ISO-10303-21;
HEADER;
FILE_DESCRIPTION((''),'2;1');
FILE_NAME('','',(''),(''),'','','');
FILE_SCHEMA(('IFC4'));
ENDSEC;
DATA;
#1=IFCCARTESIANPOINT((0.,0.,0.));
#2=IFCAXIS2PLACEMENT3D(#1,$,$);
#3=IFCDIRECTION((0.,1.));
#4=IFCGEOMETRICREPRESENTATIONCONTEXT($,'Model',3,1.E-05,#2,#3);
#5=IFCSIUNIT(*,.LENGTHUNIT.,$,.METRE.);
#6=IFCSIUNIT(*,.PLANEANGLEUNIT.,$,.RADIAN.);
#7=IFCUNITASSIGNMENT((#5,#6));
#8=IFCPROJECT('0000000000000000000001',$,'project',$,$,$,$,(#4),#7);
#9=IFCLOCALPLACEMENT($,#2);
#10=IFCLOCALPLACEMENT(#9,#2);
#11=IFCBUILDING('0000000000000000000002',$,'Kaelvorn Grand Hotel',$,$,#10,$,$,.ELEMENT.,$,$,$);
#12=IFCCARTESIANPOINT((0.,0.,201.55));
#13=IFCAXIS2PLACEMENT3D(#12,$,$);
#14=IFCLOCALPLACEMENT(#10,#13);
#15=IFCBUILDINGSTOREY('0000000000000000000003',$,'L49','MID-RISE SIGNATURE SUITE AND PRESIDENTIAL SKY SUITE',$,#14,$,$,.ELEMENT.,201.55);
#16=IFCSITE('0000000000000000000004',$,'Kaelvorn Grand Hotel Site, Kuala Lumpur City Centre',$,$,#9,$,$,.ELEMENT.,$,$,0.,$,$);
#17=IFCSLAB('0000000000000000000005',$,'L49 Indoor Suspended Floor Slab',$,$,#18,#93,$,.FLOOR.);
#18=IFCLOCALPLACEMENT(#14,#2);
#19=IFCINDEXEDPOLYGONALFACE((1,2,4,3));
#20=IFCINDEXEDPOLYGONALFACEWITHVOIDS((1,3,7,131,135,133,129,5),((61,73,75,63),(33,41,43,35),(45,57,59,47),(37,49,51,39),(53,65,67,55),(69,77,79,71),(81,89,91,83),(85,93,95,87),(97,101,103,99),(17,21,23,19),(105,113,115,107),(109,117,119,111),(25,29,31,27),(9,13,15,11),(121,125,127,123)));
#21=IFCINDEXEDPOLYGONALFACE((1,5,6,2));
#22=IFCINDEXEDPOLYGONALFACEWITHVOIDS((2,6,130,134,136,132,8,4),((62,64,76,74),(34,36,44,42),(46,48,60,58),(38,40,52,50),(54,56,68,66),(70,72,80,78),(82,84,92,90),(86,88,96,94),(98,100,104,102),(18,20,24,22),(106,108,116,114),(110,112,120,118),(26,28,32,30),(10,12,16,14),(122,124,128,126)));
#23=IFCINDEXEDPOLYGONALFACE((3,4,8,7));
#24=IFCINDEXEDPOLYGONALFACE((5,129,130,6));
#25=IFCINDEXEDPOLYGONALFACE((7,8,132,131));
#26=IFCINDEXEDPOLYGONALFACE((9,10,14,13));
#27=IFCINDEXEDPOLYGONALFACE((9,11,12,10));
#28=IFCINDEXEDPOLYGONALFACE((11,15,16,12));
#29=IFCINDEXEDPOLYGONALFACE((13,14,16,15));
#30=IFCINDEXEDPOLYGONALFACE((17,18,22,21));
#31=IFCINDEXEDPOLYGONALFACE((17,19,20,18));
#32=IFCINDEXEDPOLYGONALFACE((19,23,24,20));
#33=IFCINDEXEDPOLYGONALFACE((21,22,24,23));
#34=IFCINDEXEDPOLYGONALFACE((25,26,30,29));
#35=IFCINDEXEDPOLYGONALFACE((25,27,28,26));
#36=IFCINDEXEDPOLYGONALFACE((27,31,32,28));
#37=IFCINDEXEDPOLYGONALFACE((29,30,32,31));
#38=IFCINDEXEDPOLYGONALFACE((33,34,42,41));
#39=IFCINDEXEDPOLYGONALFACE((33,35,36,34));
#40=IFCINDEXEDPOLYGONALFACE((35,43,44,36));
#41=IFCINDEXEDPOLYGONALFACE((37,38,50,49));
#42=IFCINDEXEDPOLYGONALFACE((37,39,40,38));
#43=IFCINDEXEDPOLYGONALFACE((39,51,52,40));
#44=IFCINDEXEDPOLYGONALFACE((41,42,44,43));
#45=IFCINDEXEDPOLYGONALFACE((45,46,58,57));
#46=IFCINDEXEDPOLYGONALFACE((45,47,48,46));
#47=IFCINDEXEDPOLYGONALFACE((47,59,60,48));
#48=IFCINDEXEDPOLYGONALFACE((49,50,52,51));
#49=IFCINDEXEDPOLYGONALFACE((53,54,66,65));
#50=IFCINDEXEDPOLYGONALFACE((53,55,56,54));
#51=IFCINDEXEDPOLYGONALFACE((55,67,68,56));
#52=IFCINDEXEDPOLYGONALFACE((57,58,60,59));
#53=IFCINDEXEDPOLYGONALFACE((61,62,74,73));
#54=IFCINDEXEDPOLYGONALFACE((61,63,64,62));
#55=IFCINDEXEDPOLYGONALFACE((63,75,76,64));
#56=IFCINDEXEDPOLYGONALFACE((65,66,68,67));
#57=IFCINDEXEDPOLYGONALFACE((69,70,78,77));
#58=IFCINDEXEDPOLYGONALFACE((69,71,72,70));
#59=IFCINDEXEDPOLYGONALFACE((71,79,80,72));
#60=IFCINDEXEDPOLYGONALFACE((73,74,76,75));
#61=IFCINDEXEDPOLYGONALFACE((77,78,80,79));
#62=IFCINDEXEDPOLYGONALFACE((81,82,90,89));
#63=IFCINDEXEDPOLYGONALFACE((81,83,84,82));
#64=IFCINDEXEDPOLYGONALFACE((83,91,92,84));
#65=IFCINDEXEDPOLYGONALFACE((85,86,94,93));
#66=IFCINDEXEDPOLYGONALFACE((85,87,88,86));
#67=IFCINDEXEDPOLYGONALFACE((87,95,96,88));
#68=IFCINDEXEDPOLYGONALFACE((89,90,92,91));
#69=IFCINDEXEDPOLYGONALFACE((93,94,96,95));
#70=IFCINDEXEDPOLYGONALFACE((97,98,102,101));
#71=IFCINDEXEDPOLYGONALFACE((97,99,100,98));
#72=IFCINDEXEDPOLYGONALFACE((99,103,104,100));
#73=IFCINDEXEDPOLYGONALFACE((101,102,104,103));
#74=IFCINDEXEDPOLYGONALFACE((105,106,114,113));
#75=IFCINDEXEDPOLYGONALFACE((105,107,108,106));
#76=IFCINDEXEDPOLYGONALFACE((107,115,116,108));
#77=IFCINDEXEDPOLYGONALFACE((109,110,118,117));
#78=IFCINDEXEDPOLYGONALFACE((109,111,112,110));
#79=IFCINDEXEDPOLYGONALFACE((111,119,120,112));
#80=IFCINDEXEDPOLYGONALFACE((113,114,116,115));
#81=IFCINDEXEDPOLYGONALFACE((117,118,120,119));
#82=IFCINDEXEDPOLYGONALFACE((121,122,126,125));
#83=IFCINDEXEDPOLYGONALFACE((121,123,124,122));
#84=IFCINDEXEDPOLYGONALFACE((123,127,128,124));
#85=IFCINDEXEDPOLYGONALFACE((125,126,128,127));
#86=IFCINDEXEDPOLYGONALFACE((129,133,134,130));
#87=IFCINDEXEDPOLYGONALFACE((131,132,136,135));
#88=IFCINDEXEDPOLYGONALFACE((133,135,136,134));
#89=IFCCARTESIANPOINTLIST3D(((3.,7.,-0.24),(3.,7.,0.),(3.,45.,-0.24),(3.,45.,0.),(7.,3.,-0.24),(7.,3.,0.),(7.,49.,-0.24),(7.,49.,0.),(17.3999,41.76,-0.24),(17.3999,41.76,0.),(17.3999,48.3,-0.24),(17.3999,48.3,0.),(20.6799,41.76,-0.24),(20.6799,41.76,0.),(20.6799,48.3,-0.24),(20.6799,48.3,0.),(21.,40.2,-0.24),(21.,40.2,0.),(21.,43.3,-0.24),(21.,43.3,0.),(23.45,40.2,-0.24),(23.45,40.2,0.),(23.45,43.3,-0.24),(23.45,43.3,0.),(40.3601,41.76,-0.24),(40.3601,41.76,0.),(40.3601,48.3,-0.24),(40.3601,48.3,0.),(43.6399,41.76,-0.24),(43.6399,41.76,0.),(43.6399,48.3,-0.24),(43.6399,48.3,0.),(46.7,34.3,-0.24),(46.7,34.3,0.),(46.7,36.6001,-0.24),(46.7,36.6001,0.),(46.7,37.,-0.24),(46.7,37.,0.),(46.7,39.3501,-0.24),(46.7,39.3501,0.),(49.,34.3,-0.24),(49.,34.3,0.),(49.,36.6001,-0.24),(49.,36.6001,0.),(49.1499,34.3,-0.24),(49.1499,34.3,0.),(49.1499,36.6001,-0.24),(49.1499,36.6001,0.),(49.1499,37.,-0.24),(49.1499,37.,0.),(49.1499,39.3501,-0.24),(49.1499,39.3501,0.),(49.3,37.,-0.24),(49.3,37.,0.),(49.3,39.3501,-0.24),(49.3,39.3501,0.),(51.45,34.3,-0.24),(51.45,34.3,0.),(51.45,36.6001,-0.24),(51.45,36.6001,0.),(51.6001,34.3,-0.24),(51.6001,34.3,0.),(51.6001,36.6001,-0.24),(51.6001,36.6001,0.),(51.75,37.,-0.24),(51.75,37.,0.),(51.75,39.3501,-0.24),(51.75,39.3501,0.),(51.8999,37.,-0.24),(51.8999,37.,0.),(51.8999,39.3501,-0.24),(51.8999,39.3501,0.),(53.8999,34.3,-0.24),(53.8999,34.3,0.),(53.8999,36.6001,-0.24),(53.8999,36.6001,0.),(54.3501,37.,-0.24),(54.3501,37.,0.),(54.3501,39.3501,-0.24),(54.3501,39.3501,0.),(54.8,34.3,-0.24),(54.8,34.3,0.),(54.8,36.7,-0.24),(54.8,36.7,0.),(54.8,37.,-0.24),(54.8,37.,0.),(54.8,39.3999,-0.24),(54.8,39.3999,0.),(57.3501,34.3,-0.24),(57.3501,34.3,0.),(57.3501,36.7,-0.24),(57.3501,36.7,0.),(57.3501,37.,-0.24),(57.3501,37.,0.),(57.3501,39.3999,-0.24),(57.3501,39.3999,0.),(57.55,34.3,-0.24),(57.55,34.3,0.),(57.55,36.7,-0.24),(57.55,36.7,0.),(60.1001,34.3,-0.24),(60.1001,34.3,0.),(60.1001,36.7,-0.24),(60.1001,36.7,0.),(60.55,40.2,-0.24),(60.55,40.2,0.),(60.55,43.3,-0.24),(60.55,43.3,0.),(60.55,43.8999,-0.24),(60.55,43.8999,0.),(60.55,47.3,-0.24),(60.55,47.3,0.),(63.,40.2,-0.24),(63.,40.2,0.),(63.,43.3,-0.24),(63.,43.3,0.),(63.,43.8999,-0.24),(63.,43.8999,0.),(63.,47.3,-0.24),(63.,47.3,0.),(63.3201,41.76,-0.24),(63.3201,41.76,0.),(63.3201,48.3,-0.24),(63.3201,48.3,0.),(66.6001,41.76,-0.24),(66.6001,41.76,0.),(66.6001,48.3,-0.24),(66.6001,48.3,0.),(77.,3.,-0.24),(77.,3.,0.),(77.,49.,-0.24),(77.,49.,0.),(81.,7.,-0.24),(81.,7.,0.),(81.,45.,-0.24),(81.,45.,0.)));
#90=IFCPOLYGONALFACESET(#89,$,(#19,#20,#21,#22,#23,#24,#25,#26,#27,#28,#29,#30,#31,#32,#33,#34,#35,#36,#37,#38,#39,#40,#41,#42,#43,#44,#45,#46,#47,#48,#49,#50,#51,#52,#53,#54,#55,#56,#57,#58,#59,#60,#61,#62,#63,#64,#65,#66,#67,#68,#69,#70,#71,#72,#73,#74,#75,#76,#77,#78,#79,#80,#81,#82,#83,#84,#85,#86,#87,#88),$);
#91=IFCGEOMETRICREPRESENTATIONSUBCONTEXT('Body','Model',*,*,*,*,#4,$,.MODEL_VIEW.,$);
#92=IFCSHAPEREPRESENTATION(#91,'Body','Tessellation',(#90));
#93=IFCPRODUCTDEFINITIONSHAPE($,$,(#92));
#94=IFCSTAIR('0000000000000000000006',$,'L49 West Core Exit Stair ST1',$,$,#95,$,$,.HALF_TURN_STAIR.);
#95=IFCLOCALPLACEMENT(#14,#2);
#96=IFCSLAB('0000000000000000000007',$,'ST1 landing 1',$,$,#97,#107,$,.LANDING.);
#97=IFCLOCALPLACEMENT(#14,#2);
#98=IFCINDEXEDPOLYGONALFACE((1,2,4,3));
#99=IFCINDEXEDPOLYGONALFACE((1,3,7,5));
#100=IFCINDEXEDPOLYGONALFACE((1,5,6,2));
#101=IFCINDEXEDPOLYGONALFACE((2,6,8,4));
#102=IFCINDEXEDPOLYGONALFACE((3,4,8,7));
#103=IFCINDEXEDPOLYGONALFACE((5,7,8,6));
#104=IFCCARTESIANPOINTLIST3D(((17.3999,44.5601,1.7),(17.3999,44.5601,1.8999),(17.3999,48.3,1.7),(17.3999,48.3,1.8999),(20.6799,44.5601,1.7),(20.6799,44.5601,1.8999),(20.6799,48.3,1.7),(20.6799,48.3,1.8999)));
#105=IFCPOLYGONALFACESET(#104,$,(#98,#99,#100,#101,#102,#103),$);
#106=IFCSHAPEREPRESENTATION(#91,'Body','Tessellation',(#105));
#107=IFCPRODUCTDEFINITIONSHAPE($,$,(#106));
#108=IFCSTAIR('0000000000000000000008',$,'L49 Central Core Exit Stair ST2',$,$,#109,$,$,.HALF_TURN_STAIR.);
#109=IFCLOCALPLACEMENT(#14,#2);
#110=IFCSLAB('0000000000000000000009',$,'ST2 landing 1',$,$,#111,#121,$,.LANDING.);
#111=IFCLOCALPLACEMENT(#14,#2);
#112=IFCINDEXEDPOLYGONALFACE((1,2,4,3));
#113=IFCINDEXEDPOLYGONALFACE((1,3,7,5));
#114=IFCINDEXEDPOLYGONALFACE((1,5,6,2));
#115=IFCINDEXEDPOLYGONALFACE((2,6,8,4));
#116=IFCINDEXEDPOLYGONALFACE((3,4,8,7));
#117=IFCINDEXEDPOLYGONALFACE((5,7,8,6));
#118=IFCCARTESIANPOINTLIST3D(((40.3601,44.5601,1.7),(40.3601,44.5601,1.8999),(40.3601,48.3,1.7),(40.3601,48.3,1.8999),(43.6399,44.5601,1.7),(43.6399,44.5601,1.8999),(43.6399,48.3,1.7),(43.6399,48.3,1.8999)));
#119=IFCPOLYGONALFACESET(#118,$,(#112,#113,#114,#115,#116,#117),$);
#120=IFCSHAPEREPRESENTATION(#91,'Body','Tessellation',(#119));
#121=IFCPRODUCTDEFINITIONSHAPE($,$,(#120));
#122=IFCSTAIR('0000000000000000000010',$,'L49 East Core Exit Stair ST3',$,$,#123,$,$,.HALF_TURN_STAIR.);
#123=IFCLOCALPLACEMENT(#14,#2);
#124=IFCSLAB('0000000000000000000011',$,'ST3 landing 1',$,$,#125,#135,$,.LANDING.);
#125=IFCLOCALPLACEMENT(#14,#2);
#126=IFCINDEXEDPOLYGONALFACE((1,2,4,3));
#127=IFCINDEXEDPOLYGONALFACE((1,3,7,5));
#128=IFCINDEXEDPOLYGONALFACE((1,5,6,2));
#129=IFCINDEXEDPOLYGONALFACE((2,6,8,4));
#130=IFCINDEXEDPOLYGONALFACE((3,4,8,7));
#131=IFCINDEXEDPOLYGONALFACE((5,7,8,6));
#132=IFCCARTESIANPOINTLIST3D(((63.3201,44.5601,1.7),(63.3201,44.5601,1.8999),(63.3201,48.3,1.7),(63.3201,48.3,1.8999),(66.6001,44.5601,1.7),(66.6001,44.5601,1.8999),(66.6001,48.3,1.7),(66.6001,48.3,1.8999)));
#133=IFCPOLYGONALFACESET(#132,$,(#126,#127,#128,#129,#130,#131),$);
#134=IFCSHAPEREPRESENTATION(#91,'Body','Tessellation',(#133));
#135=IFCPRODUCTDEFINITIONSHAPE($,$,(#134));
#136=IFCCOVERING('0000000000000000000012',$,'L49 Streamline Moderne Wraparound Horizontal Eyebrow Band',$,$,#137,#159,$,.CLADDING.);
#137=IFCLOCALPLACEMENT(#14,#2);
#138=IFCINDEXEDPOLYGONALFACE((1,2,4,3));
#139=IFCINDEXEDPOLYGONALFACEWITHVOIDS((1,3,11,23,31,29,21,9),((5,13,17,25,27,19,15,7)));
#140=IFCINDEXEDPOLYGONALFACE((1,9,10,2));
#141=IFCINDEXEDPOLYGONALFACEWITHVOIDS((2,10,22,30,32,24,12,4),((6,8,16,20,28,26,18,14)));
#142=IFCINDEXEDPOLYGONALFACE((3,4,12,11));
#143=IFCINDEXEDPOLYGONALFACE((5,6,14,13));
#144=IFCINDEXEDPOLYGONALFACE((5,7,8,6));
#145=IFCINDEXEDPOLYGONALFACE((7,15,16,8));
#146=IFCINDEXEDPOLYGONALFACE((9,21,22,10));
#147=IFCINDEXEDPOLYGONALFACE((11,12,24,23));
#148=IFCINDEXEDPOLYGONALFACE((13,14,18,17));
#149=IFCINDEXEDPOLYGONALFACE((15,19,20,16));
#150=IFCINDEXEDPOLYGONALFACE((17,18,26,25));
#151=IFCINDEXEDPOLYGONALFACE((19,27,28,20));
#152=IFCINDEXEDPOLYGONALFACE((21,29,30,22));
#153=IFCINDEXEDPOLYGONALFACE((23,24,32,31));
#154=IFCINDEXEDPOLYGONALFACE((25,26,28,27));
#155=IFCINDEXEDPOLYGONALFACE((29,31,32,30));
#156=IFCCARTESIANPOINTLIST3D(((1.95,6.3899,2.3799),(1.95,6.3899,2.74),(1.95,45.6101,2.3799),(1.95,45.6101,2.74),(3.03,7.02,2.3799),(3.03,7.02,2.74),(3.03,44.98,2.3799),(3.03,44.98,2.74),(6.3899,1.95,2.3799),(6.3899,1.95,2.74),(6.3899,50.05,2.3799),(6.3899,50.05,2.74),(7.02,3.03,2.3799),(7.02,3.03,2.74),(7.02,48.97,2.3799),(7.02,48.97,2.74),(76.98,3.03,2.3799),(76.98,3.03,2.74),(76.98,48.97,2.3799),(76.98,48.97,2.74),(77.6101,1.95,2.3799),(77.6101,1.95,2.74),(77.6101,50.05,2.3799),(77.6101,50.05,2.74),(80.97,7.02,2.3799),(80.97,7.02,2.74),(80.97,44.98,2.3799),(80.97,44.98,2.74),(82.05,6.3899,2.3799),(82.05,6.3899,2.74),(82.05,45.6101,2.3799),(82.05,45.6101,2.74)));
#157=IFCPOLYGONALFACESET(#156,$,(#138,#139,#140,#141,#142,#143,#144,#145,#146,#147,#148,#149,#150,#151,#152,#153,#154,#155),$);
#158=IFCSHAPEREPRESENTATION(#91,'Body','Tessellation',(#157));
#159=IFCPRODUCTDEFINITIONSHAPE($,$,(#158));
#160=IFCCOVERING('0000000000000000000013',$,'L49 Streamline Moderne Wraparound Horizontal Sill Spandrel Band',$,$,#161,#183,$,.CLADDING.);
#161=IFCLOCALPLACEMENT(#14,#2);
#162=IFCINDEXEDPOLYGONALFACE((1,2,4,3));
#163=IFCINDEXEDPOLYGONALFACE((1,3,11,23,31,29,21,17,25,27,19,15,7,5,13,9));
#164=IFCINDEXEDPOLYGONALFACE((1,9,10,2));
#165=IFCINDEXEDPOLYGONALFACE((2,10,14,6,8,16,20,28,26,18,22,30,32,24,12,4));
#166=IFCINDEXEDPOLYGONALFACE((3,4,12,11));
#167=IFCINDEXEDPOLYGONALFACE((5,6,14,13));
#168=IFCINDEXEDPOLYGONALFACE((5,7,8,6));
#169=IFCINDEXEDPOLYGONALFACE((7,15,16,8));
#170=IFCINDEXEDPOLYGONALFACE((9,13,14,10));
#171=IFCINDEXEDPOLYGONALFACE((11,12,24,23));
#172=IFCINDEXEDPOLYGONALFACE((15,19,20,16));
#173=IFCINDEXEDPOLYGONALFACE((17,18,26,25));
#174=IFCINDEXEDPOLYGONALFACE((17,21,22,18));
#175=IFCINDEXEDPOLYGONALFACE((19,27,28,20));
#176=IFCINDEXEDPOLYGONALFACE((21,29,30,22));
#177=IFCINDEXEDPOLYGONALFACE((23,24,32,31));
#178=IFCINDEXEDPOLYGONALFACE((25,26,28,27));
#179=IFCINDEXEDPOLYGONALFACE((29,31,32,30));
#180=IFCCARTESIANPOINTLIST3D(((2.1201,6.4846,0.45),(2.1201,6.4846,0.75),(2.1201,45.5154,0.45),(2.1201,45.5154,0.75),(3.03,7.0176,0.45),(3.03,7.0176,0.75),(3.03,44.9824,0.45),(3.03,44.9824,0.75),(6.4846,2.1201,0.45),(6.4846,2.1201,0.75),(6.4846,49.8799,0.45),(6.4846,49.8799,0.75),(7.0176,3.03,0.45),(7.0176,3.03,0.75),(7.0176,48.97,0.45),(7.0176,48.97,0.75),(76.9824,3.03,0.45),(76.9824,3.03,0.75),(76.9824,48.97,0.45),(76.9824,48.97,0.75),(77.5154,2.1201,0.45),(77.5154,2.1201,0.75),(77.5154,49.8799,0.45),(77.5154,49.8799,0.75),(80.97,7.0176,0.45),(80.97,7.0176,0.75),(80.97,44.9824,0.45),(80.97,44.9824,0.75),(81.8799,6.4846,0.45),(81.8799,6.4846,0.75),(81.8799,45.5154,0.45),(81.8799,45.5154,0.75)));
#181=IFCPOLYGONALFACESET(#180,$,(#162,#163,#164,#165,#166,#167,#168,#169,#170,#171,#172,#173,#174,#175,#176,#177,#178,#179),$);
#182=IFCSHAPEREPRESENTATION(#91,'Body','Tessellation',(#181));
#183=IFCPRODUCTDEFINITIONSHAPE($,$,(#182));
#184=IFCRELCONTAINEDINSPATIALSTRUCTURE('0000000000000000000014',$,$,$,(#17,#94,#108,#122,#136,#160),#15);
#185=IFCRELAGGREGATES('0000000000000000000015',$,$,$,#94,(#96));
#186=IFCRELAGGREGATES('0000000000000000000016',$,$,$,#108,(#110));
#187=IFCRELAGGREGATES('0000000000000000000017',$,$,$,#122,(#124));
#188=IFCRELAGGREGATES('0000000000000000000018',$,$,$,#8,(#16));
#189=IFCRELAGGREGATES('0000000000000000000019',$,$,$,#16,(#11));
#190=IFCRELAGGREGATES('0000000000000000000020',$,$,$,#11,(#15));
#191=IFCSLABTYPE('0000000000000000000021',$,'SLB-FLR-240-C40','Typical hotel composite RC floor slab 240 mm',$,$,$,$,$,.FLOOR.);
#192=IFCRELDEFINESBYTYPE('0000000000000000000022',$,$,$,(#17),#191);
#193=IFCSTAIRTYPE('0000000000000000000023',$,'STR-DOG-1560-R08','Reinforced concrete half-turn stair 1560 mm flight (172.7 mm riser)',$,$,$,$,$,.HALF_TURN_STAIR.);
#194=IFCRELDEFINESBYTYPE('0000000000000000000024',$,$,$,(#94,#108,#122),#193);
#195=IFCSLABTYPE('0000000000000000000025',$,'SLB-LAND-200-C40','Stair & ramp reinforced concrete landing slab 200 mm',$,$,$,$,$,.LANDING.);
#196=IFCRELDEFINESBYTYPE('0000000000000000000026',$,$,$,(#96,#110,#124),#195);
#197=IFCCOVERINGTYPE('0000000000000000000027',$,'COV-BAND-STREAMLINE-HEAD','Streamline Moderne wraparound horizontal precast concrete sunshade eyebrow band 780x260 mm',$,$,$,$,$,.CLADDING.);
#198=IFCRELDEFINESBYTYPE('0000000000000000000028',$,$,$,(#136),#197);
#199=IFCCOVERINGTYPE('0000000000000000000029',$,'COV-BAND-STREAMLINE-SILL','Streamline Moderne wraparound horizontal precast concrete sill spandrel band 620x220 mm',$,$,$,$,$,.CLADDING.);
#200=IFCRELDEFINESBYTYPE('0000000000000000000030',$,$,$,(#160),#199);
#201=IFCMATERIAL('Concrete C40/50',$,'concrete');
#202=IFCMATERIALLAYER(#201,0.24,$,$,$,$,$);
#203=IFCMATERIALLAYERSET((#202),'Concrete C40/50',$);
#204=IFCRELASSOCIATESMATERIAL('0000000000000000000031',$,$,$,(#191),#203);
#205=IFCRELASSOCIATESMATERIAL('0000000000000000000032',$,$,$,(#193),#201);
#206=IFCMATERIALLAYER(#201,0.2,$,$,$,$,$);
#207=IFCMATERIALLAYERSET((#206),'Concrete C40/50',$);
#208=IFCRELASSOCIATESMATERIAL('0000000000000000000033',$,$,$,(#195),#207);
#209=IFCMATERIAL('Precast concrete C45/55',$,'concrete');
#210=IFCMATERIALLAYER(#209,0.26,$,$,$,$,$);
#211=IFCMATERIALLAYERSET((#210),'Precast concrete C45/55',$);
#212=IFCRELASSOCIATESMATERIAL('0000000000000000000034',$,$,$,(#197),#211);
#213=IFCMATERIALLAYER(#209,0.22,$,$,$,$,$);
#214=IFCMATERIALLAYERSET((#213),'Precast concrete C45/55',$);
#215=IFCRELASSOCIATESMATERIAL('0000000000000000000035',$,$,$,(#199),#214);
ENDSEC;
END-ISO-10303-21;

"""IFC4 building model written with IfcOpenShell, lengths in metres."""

from ifc_helpers import new_model, si_unit, direction, frame, origin, place, context, subcontext, project, spatial, polyline, outline, extrude, material, layer, layer_set, type_object, element, aggregate, save


model = new_model("IFC4")

# Units and contexts
model_context = context("Model", 3, precision=1e-05, world=origin(), true_north=direction((0.0, 1.0)))
body_context = subcontext(model_context, "Body", "Model", "MODEL_VIEW")
ifc_project = project(units=[si_unit("LENGTHUNIT", "METRE"), si_unit("PLANEANGLEUNIT", "RADIAN")], contexts=[model_context])

# Site, building, storey
site_placement = place(None, origin())
site = spatial("IfcSite", under=ifc_project, at=site_placement, Name="Kaelvorn Grand Hotel Site, Kuala Lumpur City Centre", CompositionType="ELEMENT", RefElevation=0.0)
building_placement = place(site_placement, origin())
building = spatial("IfcBuilding", under=site, at=building_placement, Name="Kaelvorn Grand Hotel", CompositionType="ELEMENT")
storey_placement = place(building_placement, frame((0.0, 0.0, 201.55)))
storey = spatial("IfcBuildingStorey", under=building, at=storey_placement, Name="L49", Description="MID-RISE SIGNATURE SUITE AND PRESIDENTIAL SKY SUITE", CompositionType="ELEMENT", Elevation=201.55)

# Slab
ifc_material_1 = material(Name="Concrete C40/50", Category="concrete")
ifc_layer_1 = layer(ifc_material_1, 0.24)
ifc_layer_set_1 = layer_set([ifc_layer_1], Name="Concrete C40/50")
slab_type_1 = type_object("IfcSlabType", Name="SLB-FLR-240-C40", Description="Typical hotel composite RC floor slab 240 mm", PredefinedType="FLOOR", material=ifc_layer_set_1)
slab_1_placement = place(storey_placement, frame((0.0, 0.0, -0.24)))
element("IfcSlab", 1, at=slab_1_placement, inside=storey, type_object=slab_type_1, Name="L49 Indoor Suspended Floor Slab", PredefinedType="FLOOR", context=body_context, shape_type="SweptSolid", body=[
    extrude(outline(polyline([(7.0, 3.0), (77.0, 3.0), (81.0, 7.0), (81.0, 45.0), (77.0, 49.0), (7.0, 49.0), (3.0, 45.0), (3.0, 7.0), (7.0, 3.0)]), holes=[polyline([(17.3999, 41.76), (17.3999, 48.3), (20.6799, 48.3), (20.6799, 41.76), (17.3999, 41.76)]), polyline([(40.3601, 41.76), (40.3601, 48.3), (43.6399, 48.3), (43.6399, 41.76), (40.3601, 41.76)]), polyline([(63.3201, 41.76), (63.3201, 48.3), (66.6001, 48.3), (66.6001, 41.76), (63.3201, 41.76)]), polyline([(46.7, 34.3), (46.7, 36.6001), (49.0, 36.6001), (49.0, 34.3), (46.7, 34.3)]), polyline([(49.1499, 34.3), (49.1499, 36.6001), (51.45, 36.6001), (51.45, 34.3), (49.1499, 34.3)]), polyline([(51.6001, 34.3), (51.6001, 36.6001), (53.8999, 36.6001), (53.8999, 34.3), (51.6001, 34.3)]), polyline([(46.7, 37.0), (46.7, 39.3501), (49.1499, 39.3501), (49.1499, 37.0), (46.7, 37.0)]), polyline([(49.3, 37.0), (49.3, 39.3501), (51.75, 39.3501), (51.75, 37.0), (49.3, 37.0)]), polyline([(51.8999, 37.0), (51.8999, 39.3501), (54.3501, 39.3501), (54.3501, 37.0), (51.8999, 37.0)]), polyline([(54.8, 34.3), (54.8, 36.7), (57.3501, 36.7), (57.3501, 34.3), (54.8, 34.3)]), polyline([(57.55, 34.3), (57.55, 36.7), (60.1001, 36.7), (60.1001, 34.3), (57.55, 34.3)]), polyline([(54.8, 37.0), (54.8, 39.3999), (57.3501, 39.3999), (57.3501, 37.0), (54.8, 37.0)]), polyline([(21.0, 40.2), (21.0, 43.3), (23.45, 43.3), (23.45, 40.2), (21.0, 40.2)]), polyline([(60.55, 40.2), (60.55, 43.3), (63.0, 43.3), (63.0, 40.2), (60.55, 40.2)]), polyline([(60.55, 43.8999), (60.55, 47.3), (63.0, 47.3), (63.0, 43.8999), (60.55, 43.8999)])]), origin(), (0.0, 0.0, 1.0), 0.24),
])

# Stairs, slabs
stair_type = type_object("IfcStairType", Name="STR-DOG-1560-R08", Description="Reinforced concrete half-turn stair 1560 mm flight (172.7 mm riser)", PredefinedType="HALF_TURN_STAIR", material=ifc_material_1)
stair_1_placement = place(storey_placement, origin())
stair_1 = element("IfcStair", 2, at=stair_1_placement, inside=storey, type_object=stair_type, Name="L49 West Core Exit Stair ST1", PredefinedType="HALF_TURN_STAIR")
ifc_layer_2 = layer(ifc_material_1, 0.2)
ifc_layer_set_2 = layer_set([ifc_layer_2], Name="Concrete C40/50")
slab_type_2 = type_object("IfcSlabType", Name="SLB-LAND-200-C40", Description="Stair & ramp reinforced concrete landing slab 200 mm", PredefinedType="LANDING", material=ifc_layer_set_2)
slab_2_placement = place(storey_placement, frame((0.0, 0.0, 1.7)))
slab_2 = element("IfcSlab", 3, at=slab_2_placement, type_object=slab_type_2, Name="ST1 landing 1", PredefinedType="LANDING", context=body_context, shape_type="SweptSolid", body=[
    extrude(outline(polyline([(20.6799, 44.5601), (20.6799, 48.3), (17.3999, 48.3), (17.3999, 44.5601), (20.6799, 44.5601)])), origin(), (0.0, 0.0, 1.0), 0.2),
])
aggregate(stair_1, [slab_2])
stair_2_placement = place(storey_placement, origin())
stair_2 = element("IfcStair", 4, at=stair_2_placement, inside=storey, type_object=stair_type, Name="L49 Central Core Exit Stair ST2", PredefinedType="HALF_TURN_STAIR")
slab_3_placement = place(storey_placement, frame((0.0, 0.0, 1.7)))
slab_3 = element("IfcSlab", 5, at=slab_3_placement, type_object=slab_type_2, Name="ST2 landing 1", PredefinedType="LANDING", context=body_context, shape_type="SweptSolid", body=[
    extrude(outline(polyline([(43.6399, 44.5601), (43.6399, 48.3), (40.3601, 48.3), (40.3601, 44.5601), (43.6399, 44.5601)])), origin(), (0.0, 0.0, 1.0), 0.2),
])
aggregate(stair_2, [slab_3])
stair_3_placement = place(storey_placement, origin())
stair_3 = element("IfcStair", 6, at=stair_3_placement, inside=storey, type_object=stair_type, Name="L49 East Core Exit Stair ST3", PredefinedType="HALF_TURN_STAIR")
slab_4_placement = place(storey_placement, frame((0.0, 0.0, 1.7)))
slab_4 = element("IfcSlab", 7, at=slab_4_placement, type_object=slab_type_2, Name="ST3 landing 1", PredefinedType="LANDING", context=body_context, shape_type="SweptSolid", body=[
    extrude(outline(polyline([(66.6001, 44.5601), (66.6001, 48.3), (63.3201, 48.3), (63.3201, 44.5601), (66.6001, 44.5601)])), origin(), (0.0, 0.0, 1.0), 0.2),
])
aggregate(stair_3, [slab_4])

# Coverings
ifc_material_2 = material(Name="Precast concrete C45/55", Category="concrete")
ifc_layer_3 = layer(ifc_material_2, 0.26)
ifc_layer_set_3 = layer_set([ifc_layer_3], Name="Precast concrete C45/55")
covering_type_1 = type_object("IfcCoveringType", Name="COV-BAND-STREAMLINE-HEAD", Description="Streamline Moderne wraparound horizontal precast concrete sunshade eyebrow band 780x260 mm", PredefinedType="CLADDING", material=ifc_layer_set_3)
covering_1_placement = place(storey_placement, frame((0.0, 0.0, 2.3799)))
element("IfcCovering", 8, at=covering_1_placement, inside=storey, type_object=covering_type_1, Name="L49 Streamline Moderne Wraparound Horizontal Eyebrow Band", PredefinedType="CLADDING", context=body_context, shape_type="SweptSolid", body=[
    extrude(outline(polyline([(6.3899, 1.95), (77.6101, 1.95), (82.05, 6.3899), (82.05, 45.6101), (77.6101, 50.05), (6.3899, 50.05), (1.95, 45.6101), (1.95, 6.3899), (6.3899, 1.95)]), holes=[polyline([(7.02, 3.03), (76.98, 3.03), (80.97, 7.02), (80.97, 44.98), (76.98, 48.97), (7.02, 48.97), (3.03, 44.98), (3.03, 7.02), (7.02, 3.03)])]), origin(), (0.0, 0.0, 1.0), 0.3601),
])
ifc_layer_4 = layer(ifc_material_2, 0.22)
ifc_layer_set_4 = layer_set([ifc_layer_4], Name="Precast concrete C45/55")
covering_type_2 = type_object("IfcCoveringType", Name="COV-BAND-STREAMLINE-SILL", Description="Streamline Moderne wraparound horizontal precast concrete sill spandrel band 620x220 mm", PredefinedType="CLADDING", material=ifc_layer_set_4)
covering_2_placement = place(storey_placement, frame((0.0, 0.0, 0.45)))
element("IfcCovering", 9, at=covering_2_placement, inside=storey, type_object=covering_type_2, Name="L49 Streamline Moderne Wraparound Horizontal Sill Spandrel Band", PredefinedType="CLADDING", context=body_context, shape_type="SweptSolid", body=[
    extrude(outline(polyline([(77.5154, 2.1201), (81.8799, 6.4846), (81.8799, 45.5154), (77.5154, 49.8799), (6.4846, 49.8799), (2.1201, 45.5154), (2.1201, 6.4846), (6.4846, 2.1201), (7.0176, 3.03), (3.03, 7.0176), (3.03, 44.9824), (7.0176, 48.97), (76.9824, 48.97), (80.97, 44.9824), (80.97, 7.0176), (76.9824, 3.03), (77.5154, 2.1201)])), origin(), (0.0, 0.0, 1.0), 0.3),
])

save(model, "model.ifc")
